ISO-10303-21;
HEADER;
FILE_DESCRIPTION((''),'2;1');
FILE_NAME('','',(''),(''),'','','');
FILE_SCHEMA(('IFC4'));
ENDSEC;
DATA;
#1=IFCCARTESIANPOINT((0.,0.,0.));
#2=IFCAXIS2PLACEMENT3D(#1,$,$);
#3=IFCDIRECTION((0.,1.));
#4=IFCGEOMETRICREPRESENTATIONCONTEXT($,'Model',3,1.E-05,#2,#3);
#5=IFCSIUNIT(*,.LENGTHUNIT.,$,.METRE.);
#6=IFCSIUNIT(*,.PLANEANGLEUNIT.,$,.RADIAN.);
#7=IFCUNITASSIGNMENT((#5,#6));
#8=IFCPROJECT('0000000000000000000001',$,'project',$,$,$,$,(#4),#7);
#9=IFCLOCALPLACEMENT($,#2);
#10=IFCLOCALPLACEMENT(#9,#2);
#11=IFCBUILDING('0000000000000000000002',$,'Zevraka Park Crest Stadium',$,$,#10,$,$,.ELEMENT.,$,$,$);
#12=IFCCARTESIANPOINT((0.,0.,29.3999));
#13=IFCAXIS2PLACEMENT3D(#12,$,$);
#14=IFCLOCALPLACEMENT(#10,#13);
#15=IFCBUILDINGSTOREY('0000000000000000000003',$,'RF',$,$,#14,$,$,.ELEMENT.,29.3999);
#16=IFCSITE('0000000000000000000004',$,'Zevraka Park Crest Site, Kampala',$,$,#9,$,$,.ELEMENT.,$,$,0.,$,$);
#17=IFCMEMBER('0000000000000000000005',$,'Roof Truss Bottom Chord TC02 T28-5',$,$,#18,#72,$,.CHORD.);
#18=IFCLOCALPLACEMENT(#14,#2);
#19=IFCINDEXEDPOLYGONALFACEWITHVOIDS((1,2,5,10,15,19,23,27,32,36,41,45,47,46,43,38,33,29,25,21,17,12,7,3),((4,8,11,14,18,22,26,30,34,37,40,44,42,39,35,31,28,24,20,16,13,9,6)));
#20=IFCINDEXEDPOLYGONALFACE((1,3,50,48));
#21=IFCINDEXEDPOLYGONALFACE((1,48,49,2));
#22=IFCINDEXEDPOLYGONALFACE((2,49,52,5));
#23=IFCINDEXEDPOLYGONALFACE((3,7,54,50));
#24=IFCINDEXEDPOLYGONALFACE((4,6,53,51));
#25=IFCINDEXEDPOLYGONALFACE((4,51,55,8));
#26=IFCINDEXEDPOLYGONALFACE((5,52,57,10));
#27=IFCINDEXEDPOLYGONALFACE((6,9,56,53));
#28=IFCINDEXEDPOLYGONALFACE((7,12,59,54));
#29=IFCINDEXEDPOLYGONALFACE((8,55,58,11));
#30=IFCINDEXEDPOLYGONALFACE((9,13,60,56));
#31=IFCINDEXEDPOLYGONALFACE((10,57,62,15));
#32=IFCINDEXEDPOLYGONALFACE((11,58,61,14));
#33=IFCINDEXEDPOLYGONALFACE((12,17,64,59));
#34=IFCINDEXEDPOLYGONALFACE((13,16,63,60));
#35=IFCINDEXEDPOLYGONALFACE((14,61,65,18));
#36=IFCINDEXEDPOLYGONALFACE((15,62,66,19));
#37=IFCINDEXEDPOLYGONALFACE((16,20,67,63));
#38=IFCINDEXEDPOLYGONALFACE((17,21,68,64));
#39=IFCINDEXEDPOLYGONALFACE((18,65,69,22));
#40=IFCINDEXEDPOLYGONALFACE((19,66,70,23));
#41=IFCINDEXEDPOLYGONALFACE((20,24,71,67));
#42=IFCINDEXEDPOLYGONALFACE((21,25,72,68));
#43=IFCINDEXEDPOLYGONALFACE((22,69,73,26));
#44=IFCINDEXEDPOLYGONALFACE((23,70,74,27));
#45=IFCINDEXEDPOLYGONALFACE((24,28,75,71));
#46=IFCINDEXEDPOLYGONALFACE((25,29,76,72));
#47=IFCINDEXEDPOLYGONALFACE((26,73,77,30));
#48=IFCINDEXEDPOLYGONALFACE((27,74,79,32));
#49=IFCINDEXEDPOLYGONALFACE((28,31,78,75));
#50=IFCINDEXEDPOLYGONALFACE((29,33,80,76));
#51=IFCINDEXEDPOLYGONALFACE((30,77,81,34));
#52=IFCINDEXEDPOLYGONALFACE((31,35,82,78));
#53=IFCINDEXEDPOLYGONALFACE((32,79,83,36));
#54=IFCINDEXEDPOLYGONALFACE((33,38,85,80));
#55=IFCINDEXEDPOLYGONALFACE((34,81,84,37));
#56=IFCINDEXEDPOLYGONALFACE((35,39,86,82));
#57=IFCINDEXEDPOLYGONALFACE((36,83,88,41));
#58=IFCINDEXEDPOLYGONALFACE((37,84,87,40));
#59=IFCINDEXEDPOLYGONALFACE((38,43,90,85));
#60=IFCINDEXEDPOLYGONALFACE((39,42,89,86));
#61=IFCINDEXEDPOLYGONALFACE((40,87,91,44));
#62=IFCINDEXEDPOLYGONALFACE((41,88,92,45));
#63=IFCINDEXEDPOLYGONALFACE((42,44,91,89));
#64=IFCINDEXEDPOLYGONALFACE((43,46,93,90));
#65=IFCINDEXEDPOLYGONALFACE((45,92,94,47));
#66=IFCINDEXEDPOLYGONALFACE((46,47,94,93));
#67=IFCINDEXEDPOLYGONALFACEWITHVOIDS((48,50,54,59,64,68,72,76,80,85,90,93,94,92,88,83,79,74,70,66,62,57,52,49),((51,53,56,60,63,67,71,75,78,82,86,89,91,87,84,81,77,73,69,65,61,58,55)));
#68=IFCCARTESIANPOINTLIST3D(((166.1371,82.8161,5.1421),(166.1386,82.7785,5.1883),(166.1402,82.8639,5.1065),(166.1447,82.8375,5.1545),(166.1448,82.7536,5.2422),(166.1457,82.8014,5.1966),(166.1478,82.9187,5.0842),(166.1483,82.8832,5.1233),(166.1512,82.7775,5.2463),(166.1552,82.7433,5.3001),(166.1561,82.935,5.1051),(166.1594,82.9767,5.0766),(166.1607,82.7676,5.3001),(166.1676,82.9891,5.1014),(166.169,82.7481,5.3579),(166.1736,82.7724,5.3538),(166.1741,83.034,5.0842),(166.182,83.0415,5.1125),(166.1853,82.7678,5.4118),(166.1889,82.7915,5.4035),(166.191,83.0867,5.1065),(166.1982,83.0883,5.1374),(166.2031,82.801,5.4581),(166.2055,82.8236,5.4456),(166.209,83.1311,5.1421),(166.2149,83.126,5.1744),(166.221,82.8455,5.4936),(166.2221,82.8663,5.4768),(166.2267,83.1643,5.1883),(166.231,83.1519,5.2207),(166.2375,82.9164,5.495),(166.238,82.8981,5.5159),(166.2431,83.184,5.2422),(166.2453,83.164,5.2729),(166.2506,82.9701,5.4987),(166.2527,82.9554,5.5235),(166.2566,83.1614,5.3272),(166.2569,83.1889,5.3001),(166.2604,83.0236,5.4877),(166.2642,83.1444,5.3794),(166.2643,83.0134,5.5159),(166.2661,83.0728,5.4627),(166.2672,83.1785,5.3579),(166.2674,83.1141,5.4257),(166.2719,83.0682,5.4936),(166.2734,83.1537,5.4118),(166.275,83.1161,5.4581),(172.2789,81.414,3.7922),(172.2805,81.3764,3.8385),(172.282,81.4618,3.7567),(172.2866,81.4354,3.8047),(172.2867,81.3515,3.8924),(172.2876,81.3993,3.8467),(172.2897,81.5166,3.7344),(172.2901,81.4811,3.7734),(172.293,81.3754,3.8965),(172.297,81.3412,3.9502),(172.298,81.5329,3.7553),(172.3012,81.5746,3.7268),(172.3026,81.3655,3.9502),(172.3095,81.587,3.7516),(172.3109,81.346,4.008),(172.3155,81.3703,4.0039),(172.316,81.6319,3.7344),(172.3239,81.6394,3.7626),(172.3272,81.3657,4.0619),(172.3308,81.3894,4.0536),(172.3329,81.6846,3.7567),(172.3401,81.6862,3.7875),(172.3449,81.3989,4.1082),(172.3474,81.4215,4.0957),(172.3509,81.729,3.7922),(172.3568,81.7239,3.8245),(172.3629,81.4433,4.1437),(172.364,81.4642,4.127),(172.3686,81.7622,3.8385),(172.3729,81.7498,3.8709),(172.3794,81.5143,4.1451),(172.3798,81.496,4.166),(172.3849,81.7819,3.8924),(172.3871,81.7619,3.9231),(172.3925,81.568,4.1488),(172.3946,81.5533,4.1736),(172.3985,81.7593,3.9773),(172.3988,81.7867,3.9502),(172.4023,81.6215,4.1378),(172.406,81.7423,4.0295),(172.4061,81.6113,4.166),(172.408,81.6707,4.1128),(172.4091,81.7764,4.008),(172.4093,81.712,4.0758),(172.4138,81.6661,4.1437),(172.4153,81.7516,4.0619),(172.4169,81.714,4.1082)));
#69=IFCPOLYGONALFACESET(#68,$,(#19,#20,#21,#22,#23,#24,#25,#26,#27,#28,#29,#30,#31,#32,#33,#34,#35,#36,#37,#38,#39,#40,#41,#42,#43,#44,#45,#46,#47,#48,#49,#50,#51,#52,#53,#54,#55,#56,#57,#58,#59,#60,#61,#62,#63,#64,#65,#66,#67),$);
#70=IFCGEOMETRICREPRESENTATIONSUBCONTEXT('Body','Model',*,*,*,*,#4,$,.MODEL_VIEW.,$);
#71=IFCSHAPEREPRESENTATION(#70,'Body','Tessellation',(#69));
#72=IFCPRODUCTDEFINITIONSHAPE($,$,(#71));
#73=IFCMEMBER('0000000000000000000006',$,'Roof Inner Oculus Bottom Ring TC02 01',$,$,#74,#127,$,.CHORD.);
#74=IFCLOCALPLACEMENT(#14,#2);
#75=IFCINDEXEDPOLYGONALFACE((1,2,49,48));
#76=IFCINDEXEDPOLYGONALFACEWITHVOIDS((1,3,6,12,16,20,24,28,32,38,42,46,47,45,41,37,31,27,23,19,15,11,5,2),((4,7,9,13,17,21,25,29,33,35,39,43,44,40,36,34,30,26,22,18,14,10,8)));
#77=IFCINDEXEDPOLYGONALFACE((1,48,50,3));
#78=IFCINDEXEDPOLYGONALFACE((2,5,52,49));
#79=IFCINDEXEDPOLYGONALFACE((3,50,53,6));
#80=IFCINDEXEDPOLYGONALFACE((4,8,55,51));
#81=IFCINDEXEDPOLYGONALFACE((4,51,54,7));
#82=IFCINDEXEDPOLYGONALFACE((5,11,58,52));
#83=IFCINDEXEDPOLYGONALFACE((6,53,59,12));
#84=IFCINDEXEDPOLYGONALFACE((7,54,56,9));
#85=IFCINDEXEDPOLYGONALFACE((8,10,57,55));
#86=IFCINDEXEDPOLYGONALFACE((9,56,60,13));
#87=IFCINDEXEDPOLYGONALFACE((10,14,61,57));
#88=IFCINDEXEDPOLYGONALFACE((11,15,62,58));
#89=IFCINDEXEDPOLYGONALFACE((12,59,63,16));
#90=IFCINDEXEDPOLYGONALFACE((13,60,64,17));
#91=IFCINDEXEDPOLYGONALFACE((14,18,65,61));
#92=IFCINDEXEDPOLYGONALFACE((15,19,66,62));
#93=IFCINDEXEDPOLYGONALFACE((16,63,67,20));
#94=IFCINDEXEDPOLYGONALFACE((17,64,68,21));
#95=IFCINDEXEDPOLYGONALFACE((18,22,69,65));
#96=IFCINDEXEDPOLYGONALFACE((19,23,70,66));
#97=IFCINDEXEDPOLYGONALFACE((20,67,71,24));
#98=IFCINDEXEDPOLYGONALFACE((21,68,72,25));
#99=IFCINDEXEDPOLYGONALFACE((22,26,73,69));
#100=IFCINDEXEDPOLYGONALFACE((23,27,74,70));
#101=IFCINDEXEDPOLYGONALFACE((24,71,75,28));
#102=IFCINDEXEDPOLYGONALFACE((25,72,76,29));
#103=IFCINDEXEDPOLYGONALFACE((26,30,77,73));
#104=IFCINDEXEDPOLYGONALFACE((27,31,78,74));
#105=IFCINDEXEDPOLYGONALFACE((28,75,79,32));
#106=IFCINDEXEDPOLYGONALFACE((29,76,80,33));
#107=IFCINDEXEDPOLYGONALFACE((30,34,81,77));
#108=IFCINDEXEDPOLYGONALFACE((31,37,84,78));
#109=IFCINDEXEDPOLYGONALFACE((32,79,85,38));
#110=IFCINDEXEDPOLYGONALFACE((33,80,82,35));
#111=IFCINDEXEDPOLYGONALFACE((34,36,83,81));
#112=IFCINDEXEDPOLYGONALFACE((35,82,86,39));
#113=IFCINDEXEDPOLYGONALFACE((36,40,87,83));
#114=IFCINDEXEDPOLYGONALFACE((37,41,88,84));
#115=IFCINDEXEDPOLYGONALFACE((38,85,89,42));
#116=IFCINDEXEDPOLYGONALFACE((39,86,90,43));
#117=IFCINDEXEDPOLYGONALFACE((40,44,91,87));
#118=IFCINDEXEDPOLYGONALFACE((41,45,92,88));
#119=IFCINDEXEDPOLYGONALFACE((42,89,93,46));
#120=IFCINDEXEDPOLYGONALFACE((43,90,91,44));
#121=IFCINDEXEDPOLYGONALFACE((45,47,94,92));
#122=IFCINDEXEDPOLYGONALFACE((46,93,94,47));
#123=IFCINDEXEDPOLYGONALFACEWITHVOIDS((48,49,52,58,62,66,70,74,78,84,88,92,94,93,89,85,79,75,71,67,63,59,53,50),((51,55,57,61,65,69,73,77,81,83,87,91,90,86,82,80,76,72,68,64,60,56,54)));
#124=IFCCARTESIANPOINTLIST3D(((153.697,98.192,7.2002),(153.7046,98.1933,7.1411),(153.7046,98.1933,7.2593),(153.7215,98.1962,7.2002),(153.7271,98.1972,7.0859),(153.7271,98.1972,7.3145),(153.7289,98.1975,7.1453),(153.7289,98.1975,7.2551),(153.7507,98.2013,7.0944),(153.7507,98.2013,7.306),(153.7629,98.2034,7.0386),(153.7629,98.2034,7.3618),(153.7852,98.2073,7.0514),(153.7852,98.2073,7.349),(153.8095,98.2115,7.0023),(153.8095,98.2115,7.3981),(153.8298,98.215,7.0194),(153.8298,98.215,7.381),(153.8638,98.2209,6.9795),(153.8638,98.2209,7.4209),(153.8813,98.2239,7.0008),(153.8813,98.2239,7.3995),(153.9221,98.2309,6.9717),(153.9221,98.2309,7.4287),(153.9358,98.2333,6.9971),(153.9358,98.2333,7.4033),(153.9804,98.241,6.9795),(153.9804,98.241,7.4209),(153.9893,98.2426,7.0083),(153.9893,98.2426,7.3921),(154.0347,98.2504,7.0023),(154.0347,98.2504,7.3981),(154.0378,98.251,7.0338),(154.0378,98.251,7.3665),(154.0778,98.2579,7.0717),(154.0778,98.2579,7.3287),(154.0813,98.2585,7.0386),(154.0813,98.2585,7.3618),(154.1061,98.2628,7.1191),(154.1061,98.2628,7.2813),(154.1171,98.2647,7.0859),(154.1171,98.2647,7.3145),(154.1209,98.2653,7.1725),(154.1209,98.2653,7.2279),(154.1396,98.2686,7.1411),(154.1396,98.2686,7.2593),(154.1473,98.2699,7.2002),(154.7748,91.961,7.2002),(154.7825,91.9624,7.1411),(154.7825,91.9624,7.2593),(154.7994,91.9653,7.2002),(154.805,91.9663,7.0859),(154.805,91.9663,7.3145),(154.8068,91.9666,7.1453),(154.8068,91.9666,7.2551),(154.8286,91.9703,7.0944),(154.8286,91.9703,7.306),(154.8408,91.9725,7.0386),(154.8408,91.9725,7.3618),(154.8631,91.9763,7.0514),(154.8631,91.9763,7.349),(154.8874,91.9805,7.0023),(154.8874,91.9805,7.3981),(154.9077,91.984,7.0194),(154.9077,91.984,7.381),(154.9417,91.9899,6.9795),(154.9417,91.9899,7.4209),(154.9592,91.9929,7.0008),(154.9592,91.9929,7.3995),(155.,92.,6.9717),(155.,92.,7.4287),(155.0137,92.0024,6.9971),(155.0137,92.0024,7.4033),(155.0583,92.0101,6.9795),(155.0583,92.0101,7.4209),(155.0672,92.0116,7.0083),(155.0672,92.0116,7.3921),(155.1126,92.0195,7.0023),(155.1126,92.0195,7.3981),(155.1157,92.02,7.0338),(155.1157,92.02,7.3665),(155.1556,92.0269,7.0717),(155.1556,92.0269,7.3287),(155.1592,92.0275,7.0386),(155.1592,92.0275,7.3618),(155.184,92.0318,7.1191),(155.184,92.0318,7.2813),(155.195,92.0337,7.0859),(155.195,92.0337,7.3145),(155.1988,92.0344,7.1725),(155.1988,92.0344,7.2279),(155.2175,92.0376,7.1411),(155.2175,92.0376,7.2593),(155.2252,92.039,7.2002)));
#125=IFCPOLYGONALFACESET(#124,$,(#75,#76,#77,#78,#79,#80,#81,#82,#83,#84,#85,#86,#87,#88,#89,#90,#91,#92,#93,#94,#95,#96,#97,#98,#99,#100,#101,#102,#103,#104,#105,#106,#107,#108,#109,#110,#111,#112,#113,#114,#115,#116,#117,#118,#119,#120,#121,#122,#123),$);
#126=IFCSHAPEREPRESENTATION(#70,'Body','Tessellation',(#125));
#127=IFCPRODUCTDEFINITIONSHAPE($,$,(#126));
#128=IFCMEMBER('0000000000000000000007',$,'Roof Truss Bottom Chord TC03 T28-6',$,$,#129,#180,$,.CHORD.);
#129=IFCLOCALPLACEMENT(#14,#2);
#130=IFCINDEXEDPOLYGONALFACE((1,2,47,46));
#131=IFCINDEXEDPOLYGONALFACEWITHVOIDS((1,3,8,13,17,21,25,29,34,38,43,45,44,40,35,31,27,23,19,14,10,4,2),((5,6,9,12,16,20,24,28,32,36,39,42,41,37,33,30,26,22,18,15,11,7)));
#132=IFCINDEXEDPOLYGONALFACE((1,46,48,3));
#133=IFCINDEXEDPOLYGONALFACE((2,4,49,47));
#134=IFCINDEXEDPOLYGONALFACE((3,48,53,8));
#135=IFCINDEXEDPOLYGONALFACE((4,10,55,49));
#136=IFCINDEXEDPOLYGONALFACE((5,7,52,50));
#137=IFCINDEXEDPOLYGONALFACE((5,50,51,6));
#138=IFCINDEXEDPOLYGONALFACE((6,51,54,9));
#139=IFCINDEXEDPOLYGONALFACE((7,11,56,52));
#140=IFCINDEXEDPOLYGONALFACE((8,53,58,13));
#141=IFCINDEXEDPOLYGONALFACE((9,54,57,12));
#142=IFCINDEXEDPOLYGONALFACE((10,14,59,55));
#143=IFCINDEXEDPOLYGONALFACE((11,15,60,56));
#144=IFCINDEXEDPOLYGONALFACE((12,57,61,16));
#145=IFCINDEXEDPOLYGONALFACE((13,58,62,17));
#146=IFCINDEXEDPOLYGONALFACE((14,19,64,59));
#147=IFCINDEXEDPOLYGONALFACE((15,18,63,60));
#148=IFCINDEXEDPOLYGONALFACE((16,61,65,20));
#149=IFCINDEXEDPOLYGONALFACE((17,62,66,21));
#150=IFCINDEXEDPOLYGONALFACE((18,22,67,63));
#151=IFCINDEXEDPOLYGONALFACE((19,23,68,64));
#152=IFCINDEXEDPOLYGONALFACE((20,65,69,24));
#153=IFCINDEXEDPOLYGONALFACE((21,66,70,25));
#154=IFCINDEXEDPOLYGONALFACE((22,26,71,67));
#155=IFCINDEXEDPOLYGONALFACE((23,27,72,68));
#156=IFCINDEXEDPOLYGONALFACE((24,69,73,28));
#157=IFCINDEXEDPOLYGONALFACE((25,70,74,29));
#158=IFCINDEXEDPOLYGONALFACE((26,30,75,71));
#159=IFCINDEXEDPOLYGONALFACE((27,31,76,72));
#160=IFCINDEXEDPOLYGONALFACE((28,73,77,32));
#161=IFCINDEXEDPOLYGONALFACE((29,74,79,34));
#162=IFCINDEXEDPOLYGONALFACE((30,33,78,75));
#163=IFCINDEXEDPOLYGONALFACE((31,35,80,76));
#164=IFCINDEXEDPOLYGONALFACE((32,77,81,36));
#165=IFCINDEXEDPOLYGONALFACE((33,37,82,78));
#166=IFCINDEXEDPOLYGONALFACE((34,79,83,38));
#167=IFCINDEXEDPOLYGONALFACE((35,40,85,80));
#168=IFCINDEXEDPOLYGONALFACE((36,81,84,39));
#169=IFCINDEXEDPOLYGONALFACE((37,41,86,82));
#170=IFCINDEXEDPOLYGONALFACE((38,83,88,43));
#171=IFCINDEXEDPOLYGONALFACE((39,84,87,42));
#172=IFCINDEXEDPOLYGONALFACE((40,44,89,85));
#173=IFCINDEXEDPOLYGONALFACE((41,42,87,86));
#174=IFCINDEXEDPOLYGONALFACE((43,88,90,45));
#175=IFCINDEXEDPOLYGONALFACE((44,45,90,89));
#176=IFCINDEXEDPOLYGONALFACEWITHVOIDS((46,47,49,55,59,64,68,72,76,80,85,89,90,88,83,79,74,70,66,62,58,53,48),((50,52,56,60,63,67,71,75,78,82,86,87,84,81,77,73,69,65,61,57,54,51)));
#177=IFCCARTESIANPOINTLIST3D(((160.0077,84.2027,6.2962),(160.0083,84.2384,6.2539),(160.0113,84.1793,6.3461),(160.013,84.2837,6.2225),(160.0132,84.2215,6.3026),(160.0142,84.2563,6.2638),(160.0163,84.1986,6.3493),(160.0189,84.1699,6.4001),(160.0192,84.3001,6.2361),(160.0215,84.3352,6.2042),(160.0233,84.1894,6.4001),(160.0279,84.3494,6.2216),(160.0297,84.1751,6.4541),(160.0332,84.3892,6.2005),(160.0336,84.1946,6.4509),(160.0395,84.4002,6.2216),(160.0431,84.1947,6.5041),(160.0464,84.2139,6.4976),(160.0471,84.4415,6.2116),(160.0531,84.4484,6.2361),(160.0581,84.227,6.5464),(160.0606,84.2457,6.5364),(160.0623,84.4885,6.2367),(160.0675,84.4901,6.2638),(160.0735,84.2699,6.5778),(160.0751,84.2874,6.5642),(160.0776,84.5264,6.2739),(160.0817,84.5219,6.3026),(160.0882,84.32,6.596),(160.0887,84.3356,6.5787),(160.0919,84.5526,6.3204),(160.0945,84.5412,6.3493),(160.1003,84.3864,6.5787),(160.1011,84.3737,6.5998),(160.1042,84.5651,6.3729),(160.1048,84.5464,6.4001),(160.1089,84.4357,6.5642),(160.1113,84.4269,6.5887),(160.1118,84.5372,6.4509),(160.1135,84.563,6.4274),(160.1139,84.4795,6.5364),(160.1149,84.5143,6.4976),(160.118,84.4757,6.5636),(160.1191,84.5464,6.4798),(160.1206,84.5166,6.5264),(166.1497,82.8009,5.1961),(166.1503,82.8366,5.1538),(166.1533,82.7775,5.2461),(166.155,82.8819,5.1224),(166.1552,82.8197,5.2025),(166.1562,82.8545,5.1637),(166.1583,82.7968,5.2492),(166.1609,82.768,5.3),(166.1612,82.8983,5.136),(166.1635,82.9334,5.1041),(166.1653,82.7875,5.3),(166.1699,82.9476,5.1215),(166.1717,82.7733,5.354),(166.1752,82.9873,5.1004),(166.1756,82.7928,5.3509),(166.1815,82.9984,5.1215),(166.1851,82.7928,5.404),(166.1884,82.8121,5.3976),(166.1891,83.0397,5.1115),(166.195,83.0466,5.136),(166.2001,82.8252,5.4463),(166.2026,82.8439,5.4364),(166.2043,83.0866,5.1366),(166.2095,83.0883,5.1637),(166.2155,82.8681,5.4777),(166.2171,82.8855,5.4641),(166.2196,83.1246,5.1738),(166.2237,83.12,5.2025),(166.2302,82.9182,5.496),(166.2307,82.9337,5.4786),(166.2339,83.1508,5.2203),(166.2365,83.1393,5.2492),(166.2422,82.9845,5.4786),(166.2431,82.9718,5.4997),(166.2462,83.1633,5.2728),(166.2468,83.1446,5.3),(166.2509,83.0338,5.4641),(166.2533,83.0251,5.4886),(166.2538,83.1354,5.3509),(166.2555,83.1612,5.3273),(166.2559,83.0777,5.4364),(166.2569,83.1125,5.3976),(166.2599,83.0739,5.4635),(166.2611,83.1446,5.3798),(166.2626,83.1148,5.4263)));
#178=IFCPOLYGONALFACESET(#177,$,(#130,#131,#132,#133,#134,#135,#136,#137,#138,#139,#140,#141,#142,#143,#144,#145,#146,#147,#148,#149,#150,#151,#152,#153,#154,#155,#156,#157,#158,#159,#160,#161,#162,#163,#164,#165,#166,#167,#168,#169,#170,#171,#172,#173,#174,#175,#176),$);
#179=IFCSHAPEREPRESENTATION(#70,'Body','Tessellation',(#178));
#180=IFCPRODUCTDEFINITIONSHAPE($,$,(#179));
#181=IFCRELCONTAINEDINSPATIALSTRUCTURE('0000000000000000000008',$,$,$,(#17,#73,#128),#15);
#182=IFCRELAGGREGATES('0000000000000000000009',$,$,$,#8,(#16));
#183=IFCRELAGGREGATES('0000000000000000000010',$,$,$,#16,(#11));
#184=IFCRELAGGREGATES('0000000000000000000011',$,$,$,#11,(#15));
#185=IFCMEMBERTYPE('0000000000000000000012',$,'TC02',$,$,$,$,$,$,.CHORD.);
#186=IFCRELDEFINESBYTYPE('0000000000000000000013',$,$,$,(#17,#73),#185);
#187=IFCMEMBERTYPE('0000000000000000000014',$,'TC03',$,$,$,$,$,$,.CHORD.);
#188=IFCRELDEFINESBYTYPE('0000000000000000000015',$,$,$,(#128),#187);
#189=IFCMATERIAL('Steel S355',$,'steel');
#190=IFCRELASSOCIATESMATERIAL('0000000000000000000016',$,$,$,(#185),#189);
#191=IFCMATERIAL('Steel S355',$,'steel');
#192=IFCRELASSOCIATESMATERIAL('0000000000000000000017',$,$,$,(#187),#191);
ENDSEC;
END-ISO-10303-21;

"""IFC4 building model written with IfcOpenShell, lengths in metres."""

from ifc_helpers import new_model, si_unit, direction, frame, origin, origin_2d, place, context, subcontext, project, spatial, hollow_circle, extrude, material, material_profile, profile_set, type_object, element, save


model = new_model("IFC4")

# Units and contexts
model_context = context("Model", 3, precision=1e-05, world=origin(), true_north=direction((0.0, 1.0)))
body_context = subcontext(model_context, "Body", "Model", "MODEL_VIEW")
ifc_project = project(units=[si_unit("LENGTHUNIT", "METRE"), si_unit("PLANEANGLEUNIT", "RADIAN")], contexts=[model_context])

# Site, building, storey
site_placement = place(None, origin())
site = spatial("IfcSite", under=ifc_project, at=site_placement, Name="Zevraka Park Crest Site, Kampala", CompositionType="ELEMENT", RefElevation=0.0)
building_placement = place(site_placement, origin())
building = spatial("IfcBuilding", under=site, at=building_placement, Name="Zevraka Park Crest Stadium", CompositionType="ELEMENT")
storey_placement = place(building_placement, frame((0.0, 0.0, 29.3999)))
storey = spatial("IfcBuildingStorey", under=building, at=storey_placement, Name="RF", CompositionType="ELEMENT", Elevation=29.3999)

# Members
ifc_material_1 = material(Name="Steel S355", Category="steel")
ifc_material_profile_1 = material_profile(ifc_material_1, hollow_circle(Radius=0.2285, WallThickness=0.0249, at=origin_2d()), Name="CHS 457.0x25")
ifc_profile_set_1 = profile_set([ifc_material_profile_1], Name="Steel S355")
member_type_1 = type_object("IfcMemberType", Name="TC02", PredefinedType="CHORD", material=ifc_profile_set_1)
member_1_placement = place(storey_placement, frame((172.3479, 81.564, 3.9502), z_axis=(-0.953282, 0.217621, 0.209512), x_axis=(-0.222561, -0.974919, 0.0)))
element("IfcMember", 1, at=member_1_placement, inside=storey, type_object=member_type_1, Name="Roof Truss Bottom Chord TC02 T28-5", PredefinedType="CHORD", context=body_context, shape_type="SweptSolid", body=[
    extrude(hollow_circle(Radius=0.2285, WallThickness=0.0249, at=origin_2d()), origin(), (0.0, 0.0, 1.0), 6.4429),
])
member_2_placement = place(storey_placement, frame((155.0, 92.0, 7.2002), z_axis=(-0.170456, 0.985365, 0.0), x_axis=(-0.985365, -0.170456, 0.0)))
element("IfcMember", 2, at=member_2_placement, inside=storey, type_object=member_type_1, Name="Roof Inner Oculus Bottom Ring TC02 01", PredefinedType="CHORD", context=body_context, shape_type="SweptSolid", body=[
    extrude(hollow_circle(Radius=0.2285, WallThickness=0.0249, at=origin_2d()), origin(), (0.0, 0.0, 1.0), 6.3235),
])
ifc_material_2 = material(Name="Steel S355", Category="steel")
ifc_material_profile_2 = material_profile(ifc_material_2, hollow_circle(Radius=0.2031, WallThickness=0.02, at=origin_2d()), Name="CHS 406.4x20")
ifc_profile_set_2 = profile_set([ifc_material_profile_2], Name="Steel S355")
member_type_2 = type_object("IfcMemberType", Name="TC03", PredefinedType="CHORD", material=ifc_profile_set_2)
member_3_placement = place(storey_placement, frame((166.2061, 82.9661, 5.3), z_axis=(-0.960397, 0.219199, 0.172015), x_axis=(-0.222515, -0.974929, 0.0)))
element("IfcMember", 3, at=member_3_placement, inside=storey, type_object=member_type_2, Name="Roof Truss Bottom Chord TC03 T28-6", PredefinedType="CHORD", context=body_context, shape_type="SweptSolid", body=[
    extrude(hollow_circle(Radius=0.2031, WallThickness=0.02, at=origin_2d()), origin(), (0.0, 0.0, 1.0), 6.3953),
])

save(model, "model.ifc")
